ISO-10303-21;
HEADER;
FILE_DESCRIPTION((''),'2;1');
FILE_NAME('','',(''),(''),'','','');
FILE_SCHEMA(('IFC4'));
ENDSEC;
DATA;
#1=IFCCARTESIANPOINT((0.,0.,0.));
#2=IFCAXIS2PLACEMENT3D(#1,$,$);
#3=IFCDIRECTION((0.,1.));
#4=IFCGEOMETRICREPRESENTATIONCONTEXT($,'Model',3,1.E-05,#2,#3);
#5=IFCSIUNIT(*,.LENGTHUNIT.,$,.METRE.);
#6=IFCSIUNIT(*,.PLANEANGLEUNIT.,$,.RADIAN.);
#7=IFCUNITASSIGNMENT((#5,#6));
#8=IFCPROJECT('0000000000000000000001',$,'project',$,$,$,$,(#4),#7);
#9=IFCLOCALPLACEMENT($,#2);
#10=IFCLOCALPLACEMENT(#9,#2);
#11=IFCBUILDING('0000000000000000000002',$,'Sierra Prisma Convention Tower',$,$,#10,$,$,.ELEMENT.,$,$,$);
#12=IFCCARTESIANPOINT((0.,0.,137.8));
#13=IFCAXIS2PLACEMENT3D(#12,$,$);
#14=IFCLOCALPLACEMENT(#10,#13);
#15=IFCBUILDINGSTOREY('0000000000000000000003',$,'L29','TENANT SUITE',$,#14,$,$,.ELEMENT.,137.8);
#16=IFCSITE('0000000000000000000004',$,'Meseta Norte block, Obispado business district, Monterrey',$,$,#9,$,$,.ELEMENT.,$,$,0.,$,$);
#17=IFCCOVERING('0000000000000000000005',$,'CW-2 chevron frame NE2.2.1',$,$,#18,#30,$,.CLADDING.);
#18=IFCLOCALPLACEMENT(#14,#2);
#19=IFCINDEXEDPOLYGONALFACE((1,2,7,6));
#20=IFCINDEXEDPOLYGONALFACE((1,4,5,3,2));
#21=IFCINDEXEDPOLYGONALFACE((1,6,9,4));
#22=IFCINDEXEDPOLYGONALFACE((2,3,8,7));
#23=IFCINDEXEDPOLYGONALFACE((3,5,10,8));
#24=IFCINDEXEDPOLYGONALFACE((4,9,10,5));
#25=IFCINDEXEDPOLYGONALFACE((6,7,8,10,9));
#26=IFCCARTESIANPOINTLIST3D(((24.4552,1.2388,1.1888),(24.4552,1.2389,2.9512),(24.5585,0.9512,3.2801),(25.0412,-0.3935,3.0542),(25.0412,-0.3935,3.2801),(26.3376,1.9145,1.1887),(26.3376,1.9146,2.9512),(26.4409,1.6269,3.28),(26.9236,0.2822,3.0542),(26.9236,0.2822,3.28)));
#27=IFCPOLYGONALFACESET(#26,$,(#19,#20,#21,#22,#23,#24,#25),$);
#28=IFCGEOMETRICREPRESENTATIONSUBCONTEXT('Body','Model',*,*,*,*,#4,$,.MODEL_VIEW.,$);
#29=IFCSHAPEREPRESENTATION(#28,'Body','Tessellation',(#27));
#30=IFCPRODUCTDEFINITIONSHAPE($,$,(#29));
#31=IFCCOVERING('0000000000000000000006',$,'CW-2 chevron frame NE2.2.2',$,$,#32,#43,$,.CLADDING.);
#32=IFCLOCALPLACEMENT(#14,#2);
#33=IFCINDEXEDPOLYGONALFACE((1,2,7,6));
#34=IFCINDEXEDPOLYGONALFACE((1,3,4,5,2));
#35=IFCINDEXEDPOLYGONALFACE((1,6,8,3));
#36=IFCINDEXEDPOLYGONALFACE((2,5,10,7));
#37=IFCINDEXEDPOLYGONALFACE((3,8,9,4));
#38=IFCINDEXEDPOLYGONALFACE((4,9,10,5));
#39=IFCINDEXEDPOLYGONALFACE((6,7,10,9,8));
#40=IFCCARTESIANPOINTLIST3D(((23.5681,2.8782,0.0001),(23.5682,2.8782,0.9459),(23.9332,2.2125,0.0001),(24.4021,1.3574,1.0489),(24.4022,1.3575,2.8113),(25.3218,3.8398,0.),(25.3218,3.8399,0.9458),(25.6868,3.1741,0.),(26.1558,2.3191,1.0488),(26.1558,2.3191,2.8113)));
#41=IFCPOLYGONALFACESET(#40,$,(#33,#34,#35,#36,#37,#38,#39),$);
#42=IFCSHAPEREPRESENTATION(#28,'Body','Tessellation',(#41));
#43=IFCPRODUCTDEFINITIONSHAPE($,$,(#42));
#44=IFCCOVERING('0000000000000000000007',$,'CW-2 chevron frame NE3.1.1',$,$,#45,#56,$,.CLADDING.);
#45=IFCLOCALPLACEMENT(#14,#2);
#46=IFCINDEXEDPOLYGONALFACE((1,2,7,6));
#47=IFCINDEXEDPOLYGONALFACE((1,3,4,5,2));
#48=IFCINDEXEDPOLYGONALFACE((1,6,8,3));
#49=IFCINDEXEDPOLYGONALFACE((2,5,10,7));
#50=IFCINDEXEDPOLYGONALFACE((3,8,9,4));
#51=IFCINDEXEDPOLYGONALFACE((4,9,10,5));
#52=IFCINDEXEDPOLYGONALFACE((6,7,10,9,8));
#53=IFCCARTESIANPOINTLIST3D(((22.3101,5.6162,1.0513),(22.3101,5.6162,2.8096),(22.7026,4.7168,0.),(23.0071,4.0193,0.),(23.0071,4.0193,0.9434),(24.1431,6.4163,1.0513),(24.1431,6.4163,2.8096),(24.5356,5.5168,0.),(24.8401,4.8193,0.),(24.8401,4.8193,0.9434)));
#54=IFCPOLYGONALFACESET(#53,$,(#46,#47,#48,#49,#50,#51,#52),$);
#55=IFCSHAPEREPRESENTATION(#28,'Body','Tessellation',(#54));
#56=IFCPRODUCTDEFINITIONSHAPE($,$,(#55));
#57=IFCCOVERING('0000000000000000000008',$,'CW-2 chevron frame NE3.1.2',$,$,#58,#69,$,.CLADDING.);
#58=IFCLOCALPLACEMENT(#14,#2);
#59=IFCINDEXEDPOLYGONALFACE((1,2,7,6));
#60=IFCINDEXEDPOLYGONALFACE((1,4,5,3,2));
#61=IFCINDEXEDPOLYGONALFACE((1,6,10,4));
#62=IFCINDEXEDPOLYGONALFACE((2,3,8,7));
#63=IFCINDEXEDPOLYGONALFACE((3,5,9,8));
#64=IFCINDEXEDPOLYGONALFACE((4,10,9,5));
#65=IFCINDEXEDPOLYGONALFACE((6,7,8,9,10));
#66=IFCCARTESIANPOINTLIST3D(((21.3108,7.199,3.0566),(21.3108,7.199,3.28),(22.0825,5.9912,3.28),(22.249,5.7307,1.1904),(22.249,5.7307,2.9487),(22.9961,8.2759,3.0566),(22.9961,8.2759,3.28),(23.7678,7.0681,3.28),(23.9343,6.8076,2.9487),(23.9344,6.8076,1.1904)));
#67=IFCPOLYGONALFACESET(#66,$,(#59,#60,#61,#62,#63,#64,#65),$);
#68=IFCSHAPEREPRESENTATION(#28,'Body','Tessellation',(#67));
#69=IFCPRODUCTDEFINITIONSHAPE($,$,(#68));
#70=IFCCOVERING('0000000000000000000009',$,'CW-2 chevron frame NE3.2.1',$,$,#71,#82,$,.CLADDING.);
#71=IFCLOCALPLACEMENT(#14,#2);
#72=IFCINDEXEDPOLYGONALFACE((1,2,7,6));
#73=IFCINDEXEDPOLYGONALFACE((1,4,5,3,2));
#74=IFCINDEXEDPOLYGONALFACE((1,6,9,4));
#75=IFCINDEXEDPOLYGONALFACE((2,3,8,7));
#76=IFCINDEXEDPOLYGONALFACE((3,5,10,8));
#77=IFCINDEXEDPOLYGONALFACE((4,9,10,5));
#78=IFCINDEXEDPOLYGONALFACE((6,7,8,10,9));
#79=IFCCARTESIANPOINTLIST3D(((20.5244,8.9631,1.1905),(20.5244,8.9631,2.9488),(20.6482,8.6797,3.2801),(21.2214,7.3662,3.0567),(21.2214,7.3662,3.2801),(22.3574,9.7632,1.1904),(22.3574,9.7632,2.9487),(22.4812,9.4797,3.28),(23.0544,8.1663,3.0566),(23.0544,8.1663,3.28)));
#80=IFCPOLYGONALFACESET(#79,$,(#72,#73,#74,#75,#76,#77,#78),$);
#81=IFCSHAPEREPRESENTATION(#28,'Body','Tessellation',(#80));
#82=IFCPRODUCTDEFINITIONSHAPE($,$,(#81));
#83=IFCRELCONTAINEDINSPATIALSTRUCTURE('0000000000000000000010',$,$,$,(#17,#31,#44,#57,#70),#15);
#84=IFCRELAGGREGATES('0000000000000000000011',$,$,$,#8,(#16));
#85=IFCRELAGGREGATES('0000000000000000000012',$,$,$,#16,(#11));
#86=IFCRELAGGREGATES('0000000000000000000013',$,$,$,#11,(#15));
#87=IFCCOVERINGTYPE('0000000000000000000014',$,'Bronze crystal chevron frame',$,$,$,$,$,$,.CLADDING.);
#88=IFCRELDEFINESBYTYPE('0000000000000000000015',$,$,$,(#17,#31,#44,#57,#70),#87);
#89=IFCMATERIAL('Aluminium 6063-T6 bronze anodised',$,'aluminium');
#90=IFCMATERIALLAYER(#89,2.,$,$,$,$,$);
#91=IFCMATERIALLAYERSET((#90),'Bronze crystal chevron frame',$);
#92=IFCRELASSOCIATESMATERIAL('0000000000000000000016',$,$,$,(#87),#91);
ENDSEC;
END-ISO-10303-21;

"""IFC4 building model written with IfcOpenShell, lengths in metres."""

from ifc_helpers import new_model, si_unit, direction, frame, origin, place, context, subcontext, project, spatial, polyline, outline, extrude, material, layer, layer_set, type_object, element, save


model = new_model("IFC4")

# Units and contexts
model_context = context("Model", 3, precision=1e-05, world=origin(), true_north=direction((0.0, 1.0)))
body_context = subcontext(model_context, "Body", "Model", "MODEL_VIEW")
ifc_project = project(units=[si_unit("LENGTHUNIT", "METRE"), si_unit("PLANEANGLEUNIT", "RADIAN")], contexts=[model_context])

# Site, building, storey
site_placement = place(None, origin())
site = spatial("IfcSite", under=ifc_project, at=site_placement, Name="Meseta Norte block, Obispado business district, Monterrey", CompositionType="ELEMENT", RefElevation=0.0)
building_placement = place(site_placement, origin())
building = spatial("IfcBuilding", under=site, at=building_placement, Name="Sierra Prisma Convention Tower", CompositionType="ELEMENT")
storey_placement = place(building_placement, frame((0.0, 0.0, 137.8)))
storey = spatial("IfcBuildingStorey", under=building, at=storey_placement, Name="L29", Description="TENANT SUITE", CompositionType="ELEMENT", Elevation=137.8)

# Coverings
ifc_material_1 = material(Name="Aluminium 6063-T6 bronze anodised", Category="aluminium")
ifc_layer_1 = layer(ifc_material_1, 2.0)
ifc_layer_set_1 = layer_set([ifc_layer_1], Name="Bronze crystal chevron frame")
covering_type = type_object("IfcCoveringType", Name="Bronze crystal chevron frame", PredefinedType="CLADDING", material=ifc_layer_set_1)
covering_1_placement = place(storey_placement, frame((26.9236, 0.2822, 3.28), z_axis=(0.9412, 0.337849, -0.000015), x_axis=(-0.000014, -0.000005, -1.0)))
element("IfcCovering", 1, at=covering_1_placement, inside=storey, type_object=covering_type, Name="CW-2 chevron frame NE2.2.1", PredefinedType="CLADDING", context=body_context, shape_type="SweptSolid", body=[
    extrude(outline(polyline([(0.0, 0.0), (0.2258, 0.0), (2.0913, 1.7343), (0.3289, 1.7343), (0.0, 1.4287), (0.0, 0.0)])), origin(), (0.0, 0.0, -1.0), 2.0),
])
covering_2_placement = place(storey_placement, frame((25.3218, 3.8398, 0.0), z_axis=(0.876816, 0.480825, -0.000033), x_axis=(0.000029, 0.000016, 1.0)))
element("IfcCovering", 2, at=covering_2_placement, inside=storey, type_object=covering_type, Name="CW-2 chevron frame NE2.2.2", PredefinedType="CLADDING", context=body_context, shape_type="SweptSolid", body=[
    extrude(outline(polyline([(0.0, 0.0), (0.9458, 0.0), (2.8113, 1.7344), (1.0488, 1.7344), (0.0, 0.7593), (0.0, 0.0)])), origin(), (0.0, 0.0, -1.0), 2.0),
])
covering_3_placement = place(storey_placement, frame((24.8401, 4.8193, 0.0), z_axis=(0.916501, 0.400032, 0.000001), x_axis=(-0.400032, 0.916501, 0.0)))
element("IfcCovering", 3, at=covering_3_placement, inside=storey, type_object=covering_type, Name="CW-2 chevron frame NE3.1.1", PredefinedType="CLADDING", context=body_context, shape_type="SweptSolid", body=[
    extrude(outline(polyline([(0.0, 0.0), (0.7611, 0.0), (1.7424, 1.0513), (1.7424, 2.8096), (0.0, 0.9434), (0.0, 0.0)])), origin(), (0.0, 0.0, -1.0), 2.0),
])
covering_4_placement = place(storey_placement, frame((23.9343, 6.8076, 2.9487), z_axis=(0.842652, 0.538459, 0.000016), x_axis=(0.000014, 0.000009, -1.0)))
element("IfcCovering", 4, at=covering_4_placement, inside=storey, type_object=covering_type, Name="CW-2 chevron frame NE3.1.2", PredefinedType="CLADDING", context=body_context, shape_type="SweptSolid", body=[
    extrude(outline(polyline([(0.0, 0.0), (1.7583, 0.0), (-0.1079, 1.7424), (-0.3313, 1.7424), (-0.3313, 0.3092), (0.0, 0.0)])), origin(), (0.0, 0.0, -1.0), 2.0),
])
covering_5_placement = place(storey_placement, frame((23.0544, 8.1663, 3.28), z_axis=(0.916503, 0.400028, -0.000025), x_axis=(-0.000023, -0.00001, -1.0)))
element("IfcCovering", 5, at=covering_5_placement, inside=storey, type_object=covering_type, Name="CW-2 chevron frame NE3.2.1", PredefinedType="CLADDING", context=body_context, shape_type="SweptSolid", body=[
    extrude(outline(polyline([(0.0, 0.0), (0.2234, 0.0), (2.0896, 1.7424), (0.3313, 1.7424), (0.0, 1.4331), (0.0, 0.0)])), origin(), (0.0, 0.0, -1.0), 2.0),
])

save(model, "model.ifc")
